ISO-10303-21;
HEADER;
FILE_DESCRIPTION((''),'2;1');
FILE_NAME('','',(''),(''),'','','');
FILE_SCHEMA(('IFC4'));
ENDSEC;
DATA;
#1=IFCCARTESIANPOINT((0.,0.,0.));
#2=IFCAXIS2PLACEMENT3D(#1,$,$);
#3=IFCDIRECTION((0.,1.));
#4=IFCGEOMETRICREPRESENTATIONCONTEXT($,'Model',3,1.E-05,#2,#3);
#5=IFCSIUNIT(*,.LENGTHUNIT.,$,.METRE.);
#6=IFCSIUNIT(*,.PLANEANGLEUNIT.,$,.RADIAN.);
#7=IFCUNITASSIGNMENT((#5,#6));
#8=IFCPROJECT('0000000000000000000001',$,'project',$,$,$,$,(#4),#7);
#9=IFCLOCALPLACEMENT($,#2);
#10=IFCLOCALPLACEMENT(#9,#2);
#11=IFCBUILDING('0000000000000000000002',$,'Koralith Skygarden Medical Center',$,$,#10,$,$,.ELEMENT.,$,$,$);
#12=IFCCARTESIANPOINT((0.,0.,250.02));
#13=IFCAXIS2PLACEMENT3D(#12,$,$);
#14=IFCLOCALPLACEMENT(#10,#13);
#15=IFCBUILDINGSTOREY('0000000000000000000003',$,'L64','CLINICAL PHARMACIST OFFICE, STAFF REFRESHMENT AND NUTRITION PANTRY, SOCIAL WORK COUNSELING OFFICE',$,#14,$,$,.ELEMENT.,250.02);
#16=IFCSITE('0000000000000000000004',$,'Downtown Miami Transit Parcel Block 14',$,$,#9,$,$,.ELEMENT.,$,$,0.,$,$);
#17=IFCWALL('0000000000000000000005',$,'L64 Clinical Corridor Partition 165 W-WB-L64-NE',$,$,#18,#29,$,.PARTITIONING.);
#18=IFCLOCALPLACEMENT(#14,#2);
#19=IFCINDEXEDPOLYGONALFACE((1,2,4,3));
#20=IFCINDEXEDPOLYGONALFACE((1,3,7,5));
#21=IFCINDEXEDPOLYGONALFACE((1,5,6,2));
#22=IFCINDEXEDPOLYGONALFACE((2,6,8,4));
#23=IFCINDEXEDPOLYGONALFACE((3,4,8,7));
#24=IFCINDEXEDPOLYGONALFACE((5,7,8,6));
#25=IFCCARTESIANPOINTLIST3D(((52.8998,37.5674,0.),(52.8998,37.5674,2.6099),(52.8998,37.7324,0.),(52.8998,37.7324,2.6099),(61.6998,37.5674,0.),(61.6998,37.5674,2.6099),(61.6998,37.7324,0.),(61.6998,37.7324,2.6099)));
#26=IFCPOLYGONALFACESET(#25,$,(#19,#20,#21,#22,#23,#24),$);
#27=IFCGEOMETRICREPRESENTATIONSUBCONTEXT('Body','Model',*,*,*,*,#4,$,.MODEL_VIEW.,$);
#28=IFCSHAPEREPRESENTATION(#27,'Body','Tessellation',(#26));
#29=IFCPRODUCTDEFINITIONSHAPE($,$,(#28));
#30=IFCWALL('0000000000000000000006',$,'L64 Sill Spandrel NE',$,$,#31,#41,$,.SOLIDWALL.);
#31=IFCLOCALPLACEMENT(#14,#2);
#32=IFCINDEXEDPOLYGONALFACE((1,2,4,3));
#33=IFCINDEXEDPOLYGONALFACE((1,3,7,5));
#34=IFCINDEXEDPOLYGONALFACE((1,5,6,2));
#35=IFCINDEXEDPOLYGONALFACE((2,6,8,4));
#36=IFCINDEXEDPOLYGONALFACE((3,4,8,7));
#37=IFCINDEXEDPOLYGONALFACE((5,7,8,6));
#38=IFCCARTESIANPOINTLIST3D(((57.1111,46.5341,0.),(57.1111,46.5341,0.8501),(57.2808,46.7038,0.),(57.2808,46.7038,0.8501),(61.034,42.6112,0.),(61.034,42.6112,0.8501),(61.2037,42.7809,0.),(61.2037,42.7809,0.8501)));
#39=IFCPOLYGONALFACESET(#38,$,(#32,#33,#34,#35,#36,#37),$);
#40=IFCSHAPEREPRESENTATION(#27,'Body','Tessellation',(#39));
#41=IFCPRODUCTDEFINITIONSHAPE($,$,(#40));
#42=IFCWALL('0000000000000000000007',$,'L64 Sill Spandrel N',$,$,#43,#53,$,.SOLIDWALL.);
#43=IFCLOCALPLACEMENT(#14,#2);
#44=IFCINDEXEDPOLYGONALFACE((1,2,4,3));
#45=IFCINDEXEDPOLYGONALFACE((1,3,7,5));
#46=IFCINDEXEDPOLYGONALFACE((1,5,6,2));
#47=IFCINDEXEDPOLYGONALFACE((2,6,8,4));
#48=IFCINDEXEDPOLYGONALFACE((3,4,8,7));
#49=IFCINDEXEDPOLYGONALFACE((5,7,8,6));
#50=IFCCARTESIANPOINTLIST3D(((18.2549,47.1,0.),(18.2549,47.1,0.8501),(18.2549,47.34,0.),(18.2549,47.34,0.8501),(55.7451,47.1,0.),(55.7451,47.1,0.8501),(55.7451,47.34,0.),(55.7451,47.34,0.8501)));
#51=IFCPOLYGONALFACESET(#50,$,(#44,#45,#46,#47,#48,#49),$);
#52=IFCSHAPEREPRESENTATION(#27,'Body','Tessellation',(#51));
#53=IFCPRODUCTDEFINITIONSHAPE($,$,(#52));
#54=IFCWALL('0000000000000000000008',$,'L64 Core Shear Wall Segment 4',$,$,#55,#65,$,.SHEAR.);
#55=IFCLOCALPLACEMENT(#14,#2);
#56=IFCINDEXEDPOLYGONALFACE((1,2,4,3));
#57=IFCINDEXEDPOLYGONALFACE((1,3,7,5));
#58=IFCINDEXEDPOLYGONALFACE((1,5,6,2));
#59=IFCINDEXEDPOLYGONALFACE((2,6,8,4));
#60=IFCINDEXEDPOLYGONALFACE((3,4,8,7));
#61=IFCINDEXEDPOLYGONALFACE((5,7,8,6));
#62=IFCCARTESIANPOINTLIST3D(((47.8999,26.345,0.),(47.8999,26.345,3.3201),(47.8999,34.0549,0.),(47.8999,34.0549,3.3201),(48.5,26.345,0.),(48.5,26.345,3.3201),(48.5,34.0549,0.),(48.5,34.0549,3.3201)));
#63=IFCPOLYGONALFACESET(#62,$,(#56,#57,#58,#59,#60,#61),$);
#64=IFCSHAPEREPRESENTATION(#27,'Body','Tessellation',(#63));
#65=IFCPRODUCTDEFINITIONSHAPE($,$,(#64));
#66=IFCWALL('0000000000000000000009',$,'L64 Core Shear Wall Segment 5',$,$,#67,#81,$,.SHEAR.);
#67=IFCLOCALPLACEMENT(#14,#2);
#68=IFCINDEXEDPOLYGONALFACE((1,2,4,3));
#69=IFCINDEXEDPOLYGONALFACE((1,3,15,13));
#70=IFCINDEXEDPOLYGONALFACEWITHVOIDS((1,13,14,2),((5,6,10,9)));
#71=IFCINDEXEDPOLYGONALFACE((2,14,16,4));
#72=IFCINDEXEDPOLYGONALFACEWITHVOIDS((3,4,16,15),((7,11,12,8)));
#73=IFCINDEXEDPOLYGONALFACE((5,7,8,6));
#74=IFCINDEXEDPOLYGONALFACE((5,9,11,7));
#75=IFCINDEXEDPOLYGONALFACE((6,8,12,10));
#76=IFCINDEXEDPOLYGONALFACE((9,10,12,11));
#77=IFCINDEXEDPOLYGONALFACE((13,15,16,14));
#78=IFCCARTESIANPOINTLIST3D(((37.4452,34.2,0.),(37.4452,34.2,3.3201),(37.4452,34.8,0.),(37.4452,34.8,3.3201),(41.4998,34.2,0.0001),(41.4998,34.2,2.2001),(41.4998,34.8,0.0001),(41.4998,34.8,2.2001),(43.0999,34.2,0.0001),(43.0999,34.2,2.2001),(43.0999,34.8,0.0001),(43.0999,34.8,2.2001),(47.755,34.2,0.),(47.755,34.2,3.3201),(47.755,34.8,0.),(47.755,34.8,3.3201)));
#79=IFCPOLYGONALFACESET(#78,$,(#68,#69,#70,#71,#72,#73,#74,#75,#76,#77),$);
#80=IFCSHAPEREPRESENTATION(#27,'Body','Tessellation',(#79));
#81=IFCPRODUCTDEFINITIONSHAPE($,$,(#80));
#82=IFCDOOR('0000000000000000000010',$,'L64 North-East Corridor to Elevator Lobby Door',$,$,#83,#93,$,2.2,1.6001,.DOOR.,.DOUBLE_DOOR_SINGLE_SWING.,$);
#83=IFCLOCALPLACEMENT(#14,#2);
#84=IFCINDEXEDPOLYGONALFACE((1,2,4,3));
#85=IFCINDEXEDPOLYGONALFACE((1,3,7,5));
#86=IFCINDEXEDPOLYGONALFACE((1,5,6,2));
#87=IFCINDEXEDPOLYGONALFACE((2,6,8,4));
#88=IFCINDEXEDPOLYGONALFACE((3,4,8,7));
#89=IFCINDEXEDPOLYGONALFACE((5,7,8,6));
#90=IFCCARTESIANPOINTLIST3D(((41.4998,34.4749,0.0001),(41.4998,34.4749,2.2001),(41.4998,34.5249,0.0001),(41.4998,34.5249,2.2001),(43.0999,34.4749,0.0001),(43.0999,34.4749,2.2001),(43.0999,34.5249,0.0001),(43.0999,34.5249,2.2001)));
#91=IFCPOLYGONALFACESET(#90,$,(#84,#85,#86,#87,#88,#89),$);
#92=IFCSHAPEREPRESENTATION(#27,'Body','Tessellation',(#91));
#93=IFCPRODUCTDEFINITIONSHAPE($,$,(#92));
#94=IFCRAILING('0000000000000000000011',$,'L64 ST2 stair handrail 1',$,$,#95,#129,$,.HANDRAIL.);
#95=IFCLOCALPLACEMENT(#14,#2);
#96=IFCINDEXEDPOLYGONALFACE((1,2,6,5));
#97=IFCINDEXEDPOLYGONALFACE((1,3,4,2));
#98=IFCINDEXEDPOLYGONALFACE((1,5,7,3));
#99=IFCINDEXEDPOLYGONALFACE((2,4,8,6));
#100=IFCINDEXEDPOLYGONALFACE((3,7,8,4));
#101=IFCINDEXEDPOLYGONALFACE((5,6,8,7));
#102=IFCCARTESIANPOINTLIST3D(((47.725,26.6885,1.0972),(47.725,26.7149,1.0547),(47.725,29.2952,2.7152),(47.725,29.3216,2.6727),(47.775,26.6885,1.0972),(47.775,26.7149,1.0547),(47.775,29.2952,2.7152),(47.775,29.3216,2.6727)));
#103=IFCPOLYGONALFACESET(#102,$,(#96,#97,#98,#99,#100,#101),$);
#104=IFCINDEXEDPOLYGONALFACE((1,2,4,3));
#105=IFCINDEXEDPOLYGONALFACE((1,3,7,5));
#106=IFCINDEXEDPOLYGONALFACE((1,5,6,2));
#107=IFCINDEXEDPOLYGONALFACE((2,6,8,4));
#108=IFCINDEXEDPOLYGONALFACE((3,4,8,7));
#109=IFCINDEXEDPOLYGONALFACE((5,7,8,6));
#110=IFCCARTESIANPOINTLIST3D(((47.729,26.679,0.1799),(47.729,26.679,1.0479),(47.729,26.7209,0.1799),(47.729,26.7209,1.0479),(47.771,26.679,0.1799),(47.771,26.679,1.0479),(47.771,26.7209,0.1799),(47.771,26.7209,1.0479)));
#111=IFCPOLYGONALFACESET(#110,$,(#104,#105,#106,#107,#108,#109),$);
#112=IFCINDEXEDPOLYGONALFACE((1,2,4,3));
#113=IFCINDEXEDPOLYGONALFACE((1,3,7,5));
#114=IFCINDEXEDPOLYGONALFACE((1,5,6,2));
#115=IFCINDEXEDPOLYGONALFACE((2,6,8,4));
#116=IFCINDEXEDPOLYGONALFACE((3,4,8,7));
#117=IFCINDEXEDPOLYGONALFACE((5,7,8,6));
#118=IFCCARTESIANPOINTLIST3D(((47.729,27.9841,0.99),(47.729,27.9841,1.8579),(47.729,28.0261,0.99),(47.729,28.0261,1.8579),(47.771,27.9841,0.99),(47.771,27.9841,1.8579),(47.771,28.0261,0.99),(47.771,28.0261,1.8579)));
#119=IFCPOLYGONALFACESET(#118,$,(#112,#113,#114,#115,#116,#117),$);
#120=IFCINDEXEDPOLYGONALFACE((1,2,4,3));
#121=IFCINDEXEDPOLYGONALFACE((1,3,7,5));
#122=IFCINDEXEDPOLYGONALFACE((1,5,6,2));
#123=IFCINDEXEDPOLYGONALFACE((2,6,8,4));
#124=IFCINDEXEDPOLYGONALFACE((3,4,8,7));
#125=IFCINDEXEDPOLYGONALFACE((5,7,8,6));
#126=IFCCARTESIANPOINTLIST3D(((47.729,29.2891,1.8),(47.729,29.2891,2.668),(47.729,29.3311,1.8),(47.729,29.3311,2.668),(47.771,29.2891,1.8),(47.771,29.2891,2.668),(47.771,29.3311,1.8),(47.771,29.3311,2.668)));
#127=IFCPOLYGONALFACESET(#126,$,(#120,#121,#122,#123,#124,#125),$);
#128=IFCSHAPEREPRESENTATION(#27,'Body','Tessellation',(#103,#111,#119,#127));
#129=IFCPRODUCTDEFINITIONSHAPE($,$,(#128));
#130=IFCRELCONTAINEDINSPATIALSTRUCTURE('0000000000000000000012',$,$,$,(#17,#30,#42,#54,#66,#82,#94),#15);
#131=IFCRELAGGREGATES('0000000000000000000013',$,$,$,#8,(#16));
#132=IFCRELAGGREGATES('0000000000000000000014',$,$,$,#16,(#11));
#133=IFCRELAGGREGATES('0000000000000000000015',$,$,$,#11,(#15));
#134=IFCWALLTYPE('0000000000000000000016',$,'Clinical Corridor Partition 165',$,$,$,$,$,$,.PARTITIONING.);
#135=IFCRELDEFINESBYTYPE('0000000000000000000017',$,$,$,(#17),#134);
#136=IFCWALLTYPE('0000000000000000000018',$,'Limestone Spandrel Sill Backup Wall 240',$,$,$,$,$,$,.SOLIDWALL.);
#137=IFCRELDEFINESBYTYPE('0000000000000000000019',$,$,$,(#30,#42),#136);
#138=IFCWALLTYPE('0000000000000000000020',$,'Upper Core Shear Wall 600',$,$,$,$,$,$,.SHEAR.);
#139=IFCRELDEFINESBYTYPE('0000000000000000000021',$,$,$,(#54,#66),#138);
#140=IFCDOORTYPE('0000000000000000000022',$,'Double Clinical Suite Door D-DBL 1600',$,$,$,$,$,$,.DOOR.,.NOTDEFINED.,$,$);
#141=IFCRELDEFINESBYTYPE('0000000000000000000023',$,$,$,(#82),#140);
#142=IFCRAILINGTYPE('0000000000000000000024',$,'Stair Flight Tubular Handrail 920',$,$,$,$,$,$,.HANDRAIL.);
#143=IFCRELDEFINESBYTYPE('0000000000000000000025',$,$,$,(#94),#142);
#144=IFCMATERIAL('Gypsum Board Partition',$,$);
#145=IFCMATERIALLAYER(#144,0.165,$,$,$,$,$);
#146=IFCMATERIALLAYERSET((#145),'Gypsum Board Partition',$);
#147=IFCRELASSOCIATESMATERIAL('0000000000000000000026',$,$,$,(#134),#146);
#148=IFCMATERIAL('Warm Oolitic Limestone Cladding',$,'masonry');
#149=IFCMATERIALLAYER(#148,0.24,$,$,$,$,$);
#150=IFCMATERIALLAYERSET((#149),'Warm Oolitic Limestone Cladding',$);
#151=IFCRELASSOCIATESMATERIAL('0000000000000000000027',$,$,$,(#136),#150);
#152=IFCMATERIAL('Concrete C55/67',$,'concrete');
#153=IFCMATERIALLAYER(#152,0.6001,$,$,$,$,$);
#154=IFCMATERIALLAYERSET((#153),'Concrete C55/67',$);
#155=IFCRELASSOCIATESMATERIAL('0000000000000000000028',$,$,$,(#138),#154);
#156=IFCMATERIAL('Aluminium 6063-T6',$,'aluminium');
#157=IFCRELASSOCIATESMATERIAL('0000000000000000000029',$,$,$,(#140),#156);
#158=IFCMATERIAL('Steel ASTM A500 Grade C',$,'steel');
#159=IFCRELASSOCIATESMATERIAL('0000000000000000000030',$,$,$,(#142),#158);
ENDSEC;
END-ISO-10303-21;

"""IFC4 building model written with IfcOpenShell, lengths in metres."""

from ifc_helpers import new_model, si_unit, direction, frame, frame_2d, origin, origin_2d, place, context, subcontext, project, spatial, rectangle, extrude, material, layer, layer_set, type_object, element, fill, save


model = new_model("IFC4")

# Units and contexts
model_context = context("Model", 3, precision=1e-05, world=origin(), true_north=direction((0.0, 1.0)))
body_context = subcontext(model_context, "Body", "Model", "MODEL_VIEW")
ifc_project = project(units=[si_unit("LENGTHUNIT", "METRE"), si_unit("PLANEANGLEUNIT", "RADIAN")], contexts=[model_context])

# Site, building, storey
site_placement = place(None, origin())
site = spatial("IfcSite", under=ifc_project, at=site_placement, Name="Downtown Miami Transit Parcel Block 14", CompositionType="ELEMENT", RefElevation=0.0)
building_placement = place(site_placement, origin())
building = spatial("IfcBuilding", under=site, at=building_placement, Name="Koralith Skygarden Medical Center", CompositionType="ELEMENT")
storey_placement = place(building_placement, frame((0.0, 0.0, 250.02)))
storey = spatial("IfcBuildingStorey", under=building, at=storey_placement, Name="L64", Description="CLINICAL PHARMACIST OFFICE, STAFF REFRESHMENT AND NUTRITION PANTRY, SOCIAL WORK COUNSELING OFFICE", CompositionType="ELEMENT", Elevation=250.02)

# Shared definitions
ifc_material_1 = material(Name="Concrete C55/67", Category="concrete")

# Shared definitions
ifc_material_2 = material(Name="Aluminium 6063-T6", Category="aluminium")

# Shared definitions
ifc_material_3 = material(Name="Warm Oolitic Limestone Cladding", Category="masonry")

# Wall
ifc_material_4 = material(Name="Gypsum Board Partition")
ifc_layer_1 = layer(ifc_material_4, 0.165)
ifc_layer_set_1 = layer_set([ifc_layer_1], Name="Gypsum Board Partition")
wall_type_1 = type_object("IfcWallType", Name="Clinical Corridor Partition 165", PredefinedType="PARTITIONING", material=ifc_layer_set_1)
wall_1_placement = place(storey_placement, frame((52.8999, 37.6499, 0.0), z_axis=(0.0, 0.0, 1.0), x_axis=(1.0, 0.0, 0.0)))
element("IfcWall", 1, at=wall_1_placement, inside=storey, type_object=wall_type_1, Name="L64 Clinical Corridor Partition 165 W-WB-L64-NE", PredefinedType="PARTITIONING", context=body_context, shape_type="SweptSolid", body=[
    extrude(rectangle(XDim=8.8, YDim=0.165, at=frame_2d((4.3999, 0.0))), origin(), (0.0, 0.0, 1.0), 2.6099),
])

# Walls
ifc_layer_2 = layer(ifc_material_3, 0.24)
ifc_layer_set_2 = layer_set([ifc_layer_2], Name="Warm Oolitic Limestone Cladding")
wall_type_2 = type_object("IfcWallType", Name="Limestone Spandrel Sill Backup Wall 240", PredefinedType="SOLIDWALL", material=ifc_layer_set_2)
wall_2_placement = place(storey_placement, frame((61.1189, 42.696, 0.0), z_axis=(0.0, 0.0, 1.0), x_axis=(-0.707107, 0.707107, 0.0)))
element("IfcWall", 2, at=wall_2_placement, inside=storey, type_object=wall_type_2, Name="L64 Sill Spandrel NE", PredefinedType="SOLIDWALL", context=body_context, shape_type="SweptSolid", body=[
    extrude(rectangle(XDim=5.5479, YDim=0.24, at=frame_2d((2.7739, 0.0))), origin(), (0.0, 0.0, 1.0), 0.8501),
])
wall_3_placement = place(storey_placement, frame((55.7451, 47.22, 0.0), z_axis=(0.0, 0.0, 1.0), x_axis=(-1.0, 0.0, 0.0)))
element("IfcWall", 3, at=wall_3_placement, inside=storey, type_object=wall_type_2, Name="L64 Sill Spandrel N", PredefinedType="SOLIDWALL", context=body_context, shape_type="SweptSolid", body=[
    extrude(rectangle(XDim=37.4902, YDim=0.24, at=frame_2d((18.7451, 0.0))), origin(), (0.0, 0.0, 1.0), 0.8501),
])
ifc_layer_3 = layer(ifc_material_1, 0.6001)
ifc_layer_set_3 = layer_set([ifc_layer_3], Name="Concrete C55/67")
wall_type_3 = type_object("IfcWallType", Name="Upper Core Shear Wall 600", PredefinedType="SHEAR", material=ifc_layer_set_3)
wall_4_placement = place(storey_placement, frame((48.2, 26.345, 0.0), z_axis=(0.0, 0.0, 1.0), x_axis=(0.0, 1.0, 0.0)))
element("IfcWall", 4, at=wall_4_placement, inside=storey, type_object=wall_type_3, Name="L64 Core Shear Wall Segment 4", PredefinedType="SHEAR", context=body_context, shape_type="SweptSolid", body=[
    extrude(rectangle(XDim=7.71, YDim=0.6001, at=frame_2d((3.855, 0.0))), origin(), (0.0, 0.0, 1.0), 3.3201),
])

# Wall, opening, door
wall_5_placement = place(storey_placement, frame((47.7549, 34.5, 0.0), z_axis=(0.0, 0.0, 1.0), x_axis=(-1.0, 0.0, 0.0)))
wall_5 = element("IfcWall", 5, at=wall_5_placement, inside=storey, type_object=wall_type_3, Name="L64 Core Shear Wall Segment 5", PredefinedType="SHEAR", context=body_context, shape_type="SweptSolid", body=[
    extrude(rectangle(XDim=10.3098, YDim=0.6001, at=frame_2d((5.1548, 0.0))), origin(), (0.0, 0.0, 1.0), 3.3201),
])
opening_1_placement = place(wall_5_placement, frame((4.655, 0.0, 0.0)))
opening_1 = element("IfcOpeningElement", 6, at=opening_1_placement, cuts=wall_5, PredefinedType="OPENING", context=body_context, shape_type="SweptSolid", body=[
    extrude(rectangle(XDim=1.6001, YDim=2.2, at=frame_2d((0.8, 1.1001))), frame((0.0, 0.3101, 0.0), z_axis=(0.0, -1.0, 0.0), x_axis=(1.0, 0.0, 0.0)), (0.0, 0.0, 1.0), 0.6201),
])
door_type_1 = type_object("IfcDoorType", Name="Double Clinical Suite Door D-DBL 1600", OperationType="NOTDEFINED", PredefinedType="DOOR", material=ifc_material_2)
door_1_placement = place(opening_1_placement, frame((1.6001, 0.0, 0.0), z_axis=(0.0, 0.0, 1.0), x_axis=(-1.0, 0.0, 0.0)))
door_1 = element("IfcDoor", 7, at=door_1_placement, inside=storey, type_object=door_type_1, Name="L64 North-East Corridor to Elevator Lobby Door", OperationType="DOUBLE_DOOR_SINGLE_SWING", OverallHeight=2.2, OverallWidth=1.6001, PredefinedType="DOOR", context=body_context, shape_type="SweptSolid", body=[
    extrude(rectangle(XDim=1.6001, YDim=2.2, at=frame_2d((0.8, 1.1001))), frame((0.0, 0.0249, 0.0), z_axis=(0.0, -1.0, 0.0), x_axis=(1.0, 0.0, 0.0)), (0.0, 0.0, 1.0), 0.05),
])
fill(opening_1, door_1)

# Railing
ifc_material_5 = material(Name="Steel ASTM A500 Grade C", Category="steel")
railing_type = type_object("IfcRailingType", Name="Stair Flight Tubular Handrail 920", PredefinedType="HANDRAIL", material=ifc_material_5)
railing_placement = place(storey_placement, frame((47.75, 26.7, 0.1799)))
element("IfcRailing", 8, at=railing_placement, inside=storey, type_object=railing_type, Name="L64 ST2 stair handrail 1", PredefinedType="HANDRAIL", context=body_context, shape_type="SweptSolid", body=[
    extrude(rectangle(XDim=0.05, YDim=0.05, at=origin_2d()), frame((0.0, 0.0017, 0.896), z_axis=(0.0, 0.849633, 0.527375), x_axis=(-1.0, 0.0, 0.0)), (0.0, 0.0, 1.0), 3.0681),
    extrude(rectangle(XDim=0.042, YDim=0.042, at=origin_2d()), origin(), (0.0, 0.0, 1.0), 0.8679),
    extrude(rectangle(XDim=0.042, YDim=0.042, at=origin_2d()), frame((0.0, 1.3052, 0.8101)), (0.0, 0.0, 1.0), 0.8679),
    extrude(rectangle(XDim=0.042, YDim=0.042, at=origin_2d()), frame((0.0, 2.6101, 1.6201)), (0.0, 0.0, 1.0), 0.8679),
])

save(model, "model.ifc")
